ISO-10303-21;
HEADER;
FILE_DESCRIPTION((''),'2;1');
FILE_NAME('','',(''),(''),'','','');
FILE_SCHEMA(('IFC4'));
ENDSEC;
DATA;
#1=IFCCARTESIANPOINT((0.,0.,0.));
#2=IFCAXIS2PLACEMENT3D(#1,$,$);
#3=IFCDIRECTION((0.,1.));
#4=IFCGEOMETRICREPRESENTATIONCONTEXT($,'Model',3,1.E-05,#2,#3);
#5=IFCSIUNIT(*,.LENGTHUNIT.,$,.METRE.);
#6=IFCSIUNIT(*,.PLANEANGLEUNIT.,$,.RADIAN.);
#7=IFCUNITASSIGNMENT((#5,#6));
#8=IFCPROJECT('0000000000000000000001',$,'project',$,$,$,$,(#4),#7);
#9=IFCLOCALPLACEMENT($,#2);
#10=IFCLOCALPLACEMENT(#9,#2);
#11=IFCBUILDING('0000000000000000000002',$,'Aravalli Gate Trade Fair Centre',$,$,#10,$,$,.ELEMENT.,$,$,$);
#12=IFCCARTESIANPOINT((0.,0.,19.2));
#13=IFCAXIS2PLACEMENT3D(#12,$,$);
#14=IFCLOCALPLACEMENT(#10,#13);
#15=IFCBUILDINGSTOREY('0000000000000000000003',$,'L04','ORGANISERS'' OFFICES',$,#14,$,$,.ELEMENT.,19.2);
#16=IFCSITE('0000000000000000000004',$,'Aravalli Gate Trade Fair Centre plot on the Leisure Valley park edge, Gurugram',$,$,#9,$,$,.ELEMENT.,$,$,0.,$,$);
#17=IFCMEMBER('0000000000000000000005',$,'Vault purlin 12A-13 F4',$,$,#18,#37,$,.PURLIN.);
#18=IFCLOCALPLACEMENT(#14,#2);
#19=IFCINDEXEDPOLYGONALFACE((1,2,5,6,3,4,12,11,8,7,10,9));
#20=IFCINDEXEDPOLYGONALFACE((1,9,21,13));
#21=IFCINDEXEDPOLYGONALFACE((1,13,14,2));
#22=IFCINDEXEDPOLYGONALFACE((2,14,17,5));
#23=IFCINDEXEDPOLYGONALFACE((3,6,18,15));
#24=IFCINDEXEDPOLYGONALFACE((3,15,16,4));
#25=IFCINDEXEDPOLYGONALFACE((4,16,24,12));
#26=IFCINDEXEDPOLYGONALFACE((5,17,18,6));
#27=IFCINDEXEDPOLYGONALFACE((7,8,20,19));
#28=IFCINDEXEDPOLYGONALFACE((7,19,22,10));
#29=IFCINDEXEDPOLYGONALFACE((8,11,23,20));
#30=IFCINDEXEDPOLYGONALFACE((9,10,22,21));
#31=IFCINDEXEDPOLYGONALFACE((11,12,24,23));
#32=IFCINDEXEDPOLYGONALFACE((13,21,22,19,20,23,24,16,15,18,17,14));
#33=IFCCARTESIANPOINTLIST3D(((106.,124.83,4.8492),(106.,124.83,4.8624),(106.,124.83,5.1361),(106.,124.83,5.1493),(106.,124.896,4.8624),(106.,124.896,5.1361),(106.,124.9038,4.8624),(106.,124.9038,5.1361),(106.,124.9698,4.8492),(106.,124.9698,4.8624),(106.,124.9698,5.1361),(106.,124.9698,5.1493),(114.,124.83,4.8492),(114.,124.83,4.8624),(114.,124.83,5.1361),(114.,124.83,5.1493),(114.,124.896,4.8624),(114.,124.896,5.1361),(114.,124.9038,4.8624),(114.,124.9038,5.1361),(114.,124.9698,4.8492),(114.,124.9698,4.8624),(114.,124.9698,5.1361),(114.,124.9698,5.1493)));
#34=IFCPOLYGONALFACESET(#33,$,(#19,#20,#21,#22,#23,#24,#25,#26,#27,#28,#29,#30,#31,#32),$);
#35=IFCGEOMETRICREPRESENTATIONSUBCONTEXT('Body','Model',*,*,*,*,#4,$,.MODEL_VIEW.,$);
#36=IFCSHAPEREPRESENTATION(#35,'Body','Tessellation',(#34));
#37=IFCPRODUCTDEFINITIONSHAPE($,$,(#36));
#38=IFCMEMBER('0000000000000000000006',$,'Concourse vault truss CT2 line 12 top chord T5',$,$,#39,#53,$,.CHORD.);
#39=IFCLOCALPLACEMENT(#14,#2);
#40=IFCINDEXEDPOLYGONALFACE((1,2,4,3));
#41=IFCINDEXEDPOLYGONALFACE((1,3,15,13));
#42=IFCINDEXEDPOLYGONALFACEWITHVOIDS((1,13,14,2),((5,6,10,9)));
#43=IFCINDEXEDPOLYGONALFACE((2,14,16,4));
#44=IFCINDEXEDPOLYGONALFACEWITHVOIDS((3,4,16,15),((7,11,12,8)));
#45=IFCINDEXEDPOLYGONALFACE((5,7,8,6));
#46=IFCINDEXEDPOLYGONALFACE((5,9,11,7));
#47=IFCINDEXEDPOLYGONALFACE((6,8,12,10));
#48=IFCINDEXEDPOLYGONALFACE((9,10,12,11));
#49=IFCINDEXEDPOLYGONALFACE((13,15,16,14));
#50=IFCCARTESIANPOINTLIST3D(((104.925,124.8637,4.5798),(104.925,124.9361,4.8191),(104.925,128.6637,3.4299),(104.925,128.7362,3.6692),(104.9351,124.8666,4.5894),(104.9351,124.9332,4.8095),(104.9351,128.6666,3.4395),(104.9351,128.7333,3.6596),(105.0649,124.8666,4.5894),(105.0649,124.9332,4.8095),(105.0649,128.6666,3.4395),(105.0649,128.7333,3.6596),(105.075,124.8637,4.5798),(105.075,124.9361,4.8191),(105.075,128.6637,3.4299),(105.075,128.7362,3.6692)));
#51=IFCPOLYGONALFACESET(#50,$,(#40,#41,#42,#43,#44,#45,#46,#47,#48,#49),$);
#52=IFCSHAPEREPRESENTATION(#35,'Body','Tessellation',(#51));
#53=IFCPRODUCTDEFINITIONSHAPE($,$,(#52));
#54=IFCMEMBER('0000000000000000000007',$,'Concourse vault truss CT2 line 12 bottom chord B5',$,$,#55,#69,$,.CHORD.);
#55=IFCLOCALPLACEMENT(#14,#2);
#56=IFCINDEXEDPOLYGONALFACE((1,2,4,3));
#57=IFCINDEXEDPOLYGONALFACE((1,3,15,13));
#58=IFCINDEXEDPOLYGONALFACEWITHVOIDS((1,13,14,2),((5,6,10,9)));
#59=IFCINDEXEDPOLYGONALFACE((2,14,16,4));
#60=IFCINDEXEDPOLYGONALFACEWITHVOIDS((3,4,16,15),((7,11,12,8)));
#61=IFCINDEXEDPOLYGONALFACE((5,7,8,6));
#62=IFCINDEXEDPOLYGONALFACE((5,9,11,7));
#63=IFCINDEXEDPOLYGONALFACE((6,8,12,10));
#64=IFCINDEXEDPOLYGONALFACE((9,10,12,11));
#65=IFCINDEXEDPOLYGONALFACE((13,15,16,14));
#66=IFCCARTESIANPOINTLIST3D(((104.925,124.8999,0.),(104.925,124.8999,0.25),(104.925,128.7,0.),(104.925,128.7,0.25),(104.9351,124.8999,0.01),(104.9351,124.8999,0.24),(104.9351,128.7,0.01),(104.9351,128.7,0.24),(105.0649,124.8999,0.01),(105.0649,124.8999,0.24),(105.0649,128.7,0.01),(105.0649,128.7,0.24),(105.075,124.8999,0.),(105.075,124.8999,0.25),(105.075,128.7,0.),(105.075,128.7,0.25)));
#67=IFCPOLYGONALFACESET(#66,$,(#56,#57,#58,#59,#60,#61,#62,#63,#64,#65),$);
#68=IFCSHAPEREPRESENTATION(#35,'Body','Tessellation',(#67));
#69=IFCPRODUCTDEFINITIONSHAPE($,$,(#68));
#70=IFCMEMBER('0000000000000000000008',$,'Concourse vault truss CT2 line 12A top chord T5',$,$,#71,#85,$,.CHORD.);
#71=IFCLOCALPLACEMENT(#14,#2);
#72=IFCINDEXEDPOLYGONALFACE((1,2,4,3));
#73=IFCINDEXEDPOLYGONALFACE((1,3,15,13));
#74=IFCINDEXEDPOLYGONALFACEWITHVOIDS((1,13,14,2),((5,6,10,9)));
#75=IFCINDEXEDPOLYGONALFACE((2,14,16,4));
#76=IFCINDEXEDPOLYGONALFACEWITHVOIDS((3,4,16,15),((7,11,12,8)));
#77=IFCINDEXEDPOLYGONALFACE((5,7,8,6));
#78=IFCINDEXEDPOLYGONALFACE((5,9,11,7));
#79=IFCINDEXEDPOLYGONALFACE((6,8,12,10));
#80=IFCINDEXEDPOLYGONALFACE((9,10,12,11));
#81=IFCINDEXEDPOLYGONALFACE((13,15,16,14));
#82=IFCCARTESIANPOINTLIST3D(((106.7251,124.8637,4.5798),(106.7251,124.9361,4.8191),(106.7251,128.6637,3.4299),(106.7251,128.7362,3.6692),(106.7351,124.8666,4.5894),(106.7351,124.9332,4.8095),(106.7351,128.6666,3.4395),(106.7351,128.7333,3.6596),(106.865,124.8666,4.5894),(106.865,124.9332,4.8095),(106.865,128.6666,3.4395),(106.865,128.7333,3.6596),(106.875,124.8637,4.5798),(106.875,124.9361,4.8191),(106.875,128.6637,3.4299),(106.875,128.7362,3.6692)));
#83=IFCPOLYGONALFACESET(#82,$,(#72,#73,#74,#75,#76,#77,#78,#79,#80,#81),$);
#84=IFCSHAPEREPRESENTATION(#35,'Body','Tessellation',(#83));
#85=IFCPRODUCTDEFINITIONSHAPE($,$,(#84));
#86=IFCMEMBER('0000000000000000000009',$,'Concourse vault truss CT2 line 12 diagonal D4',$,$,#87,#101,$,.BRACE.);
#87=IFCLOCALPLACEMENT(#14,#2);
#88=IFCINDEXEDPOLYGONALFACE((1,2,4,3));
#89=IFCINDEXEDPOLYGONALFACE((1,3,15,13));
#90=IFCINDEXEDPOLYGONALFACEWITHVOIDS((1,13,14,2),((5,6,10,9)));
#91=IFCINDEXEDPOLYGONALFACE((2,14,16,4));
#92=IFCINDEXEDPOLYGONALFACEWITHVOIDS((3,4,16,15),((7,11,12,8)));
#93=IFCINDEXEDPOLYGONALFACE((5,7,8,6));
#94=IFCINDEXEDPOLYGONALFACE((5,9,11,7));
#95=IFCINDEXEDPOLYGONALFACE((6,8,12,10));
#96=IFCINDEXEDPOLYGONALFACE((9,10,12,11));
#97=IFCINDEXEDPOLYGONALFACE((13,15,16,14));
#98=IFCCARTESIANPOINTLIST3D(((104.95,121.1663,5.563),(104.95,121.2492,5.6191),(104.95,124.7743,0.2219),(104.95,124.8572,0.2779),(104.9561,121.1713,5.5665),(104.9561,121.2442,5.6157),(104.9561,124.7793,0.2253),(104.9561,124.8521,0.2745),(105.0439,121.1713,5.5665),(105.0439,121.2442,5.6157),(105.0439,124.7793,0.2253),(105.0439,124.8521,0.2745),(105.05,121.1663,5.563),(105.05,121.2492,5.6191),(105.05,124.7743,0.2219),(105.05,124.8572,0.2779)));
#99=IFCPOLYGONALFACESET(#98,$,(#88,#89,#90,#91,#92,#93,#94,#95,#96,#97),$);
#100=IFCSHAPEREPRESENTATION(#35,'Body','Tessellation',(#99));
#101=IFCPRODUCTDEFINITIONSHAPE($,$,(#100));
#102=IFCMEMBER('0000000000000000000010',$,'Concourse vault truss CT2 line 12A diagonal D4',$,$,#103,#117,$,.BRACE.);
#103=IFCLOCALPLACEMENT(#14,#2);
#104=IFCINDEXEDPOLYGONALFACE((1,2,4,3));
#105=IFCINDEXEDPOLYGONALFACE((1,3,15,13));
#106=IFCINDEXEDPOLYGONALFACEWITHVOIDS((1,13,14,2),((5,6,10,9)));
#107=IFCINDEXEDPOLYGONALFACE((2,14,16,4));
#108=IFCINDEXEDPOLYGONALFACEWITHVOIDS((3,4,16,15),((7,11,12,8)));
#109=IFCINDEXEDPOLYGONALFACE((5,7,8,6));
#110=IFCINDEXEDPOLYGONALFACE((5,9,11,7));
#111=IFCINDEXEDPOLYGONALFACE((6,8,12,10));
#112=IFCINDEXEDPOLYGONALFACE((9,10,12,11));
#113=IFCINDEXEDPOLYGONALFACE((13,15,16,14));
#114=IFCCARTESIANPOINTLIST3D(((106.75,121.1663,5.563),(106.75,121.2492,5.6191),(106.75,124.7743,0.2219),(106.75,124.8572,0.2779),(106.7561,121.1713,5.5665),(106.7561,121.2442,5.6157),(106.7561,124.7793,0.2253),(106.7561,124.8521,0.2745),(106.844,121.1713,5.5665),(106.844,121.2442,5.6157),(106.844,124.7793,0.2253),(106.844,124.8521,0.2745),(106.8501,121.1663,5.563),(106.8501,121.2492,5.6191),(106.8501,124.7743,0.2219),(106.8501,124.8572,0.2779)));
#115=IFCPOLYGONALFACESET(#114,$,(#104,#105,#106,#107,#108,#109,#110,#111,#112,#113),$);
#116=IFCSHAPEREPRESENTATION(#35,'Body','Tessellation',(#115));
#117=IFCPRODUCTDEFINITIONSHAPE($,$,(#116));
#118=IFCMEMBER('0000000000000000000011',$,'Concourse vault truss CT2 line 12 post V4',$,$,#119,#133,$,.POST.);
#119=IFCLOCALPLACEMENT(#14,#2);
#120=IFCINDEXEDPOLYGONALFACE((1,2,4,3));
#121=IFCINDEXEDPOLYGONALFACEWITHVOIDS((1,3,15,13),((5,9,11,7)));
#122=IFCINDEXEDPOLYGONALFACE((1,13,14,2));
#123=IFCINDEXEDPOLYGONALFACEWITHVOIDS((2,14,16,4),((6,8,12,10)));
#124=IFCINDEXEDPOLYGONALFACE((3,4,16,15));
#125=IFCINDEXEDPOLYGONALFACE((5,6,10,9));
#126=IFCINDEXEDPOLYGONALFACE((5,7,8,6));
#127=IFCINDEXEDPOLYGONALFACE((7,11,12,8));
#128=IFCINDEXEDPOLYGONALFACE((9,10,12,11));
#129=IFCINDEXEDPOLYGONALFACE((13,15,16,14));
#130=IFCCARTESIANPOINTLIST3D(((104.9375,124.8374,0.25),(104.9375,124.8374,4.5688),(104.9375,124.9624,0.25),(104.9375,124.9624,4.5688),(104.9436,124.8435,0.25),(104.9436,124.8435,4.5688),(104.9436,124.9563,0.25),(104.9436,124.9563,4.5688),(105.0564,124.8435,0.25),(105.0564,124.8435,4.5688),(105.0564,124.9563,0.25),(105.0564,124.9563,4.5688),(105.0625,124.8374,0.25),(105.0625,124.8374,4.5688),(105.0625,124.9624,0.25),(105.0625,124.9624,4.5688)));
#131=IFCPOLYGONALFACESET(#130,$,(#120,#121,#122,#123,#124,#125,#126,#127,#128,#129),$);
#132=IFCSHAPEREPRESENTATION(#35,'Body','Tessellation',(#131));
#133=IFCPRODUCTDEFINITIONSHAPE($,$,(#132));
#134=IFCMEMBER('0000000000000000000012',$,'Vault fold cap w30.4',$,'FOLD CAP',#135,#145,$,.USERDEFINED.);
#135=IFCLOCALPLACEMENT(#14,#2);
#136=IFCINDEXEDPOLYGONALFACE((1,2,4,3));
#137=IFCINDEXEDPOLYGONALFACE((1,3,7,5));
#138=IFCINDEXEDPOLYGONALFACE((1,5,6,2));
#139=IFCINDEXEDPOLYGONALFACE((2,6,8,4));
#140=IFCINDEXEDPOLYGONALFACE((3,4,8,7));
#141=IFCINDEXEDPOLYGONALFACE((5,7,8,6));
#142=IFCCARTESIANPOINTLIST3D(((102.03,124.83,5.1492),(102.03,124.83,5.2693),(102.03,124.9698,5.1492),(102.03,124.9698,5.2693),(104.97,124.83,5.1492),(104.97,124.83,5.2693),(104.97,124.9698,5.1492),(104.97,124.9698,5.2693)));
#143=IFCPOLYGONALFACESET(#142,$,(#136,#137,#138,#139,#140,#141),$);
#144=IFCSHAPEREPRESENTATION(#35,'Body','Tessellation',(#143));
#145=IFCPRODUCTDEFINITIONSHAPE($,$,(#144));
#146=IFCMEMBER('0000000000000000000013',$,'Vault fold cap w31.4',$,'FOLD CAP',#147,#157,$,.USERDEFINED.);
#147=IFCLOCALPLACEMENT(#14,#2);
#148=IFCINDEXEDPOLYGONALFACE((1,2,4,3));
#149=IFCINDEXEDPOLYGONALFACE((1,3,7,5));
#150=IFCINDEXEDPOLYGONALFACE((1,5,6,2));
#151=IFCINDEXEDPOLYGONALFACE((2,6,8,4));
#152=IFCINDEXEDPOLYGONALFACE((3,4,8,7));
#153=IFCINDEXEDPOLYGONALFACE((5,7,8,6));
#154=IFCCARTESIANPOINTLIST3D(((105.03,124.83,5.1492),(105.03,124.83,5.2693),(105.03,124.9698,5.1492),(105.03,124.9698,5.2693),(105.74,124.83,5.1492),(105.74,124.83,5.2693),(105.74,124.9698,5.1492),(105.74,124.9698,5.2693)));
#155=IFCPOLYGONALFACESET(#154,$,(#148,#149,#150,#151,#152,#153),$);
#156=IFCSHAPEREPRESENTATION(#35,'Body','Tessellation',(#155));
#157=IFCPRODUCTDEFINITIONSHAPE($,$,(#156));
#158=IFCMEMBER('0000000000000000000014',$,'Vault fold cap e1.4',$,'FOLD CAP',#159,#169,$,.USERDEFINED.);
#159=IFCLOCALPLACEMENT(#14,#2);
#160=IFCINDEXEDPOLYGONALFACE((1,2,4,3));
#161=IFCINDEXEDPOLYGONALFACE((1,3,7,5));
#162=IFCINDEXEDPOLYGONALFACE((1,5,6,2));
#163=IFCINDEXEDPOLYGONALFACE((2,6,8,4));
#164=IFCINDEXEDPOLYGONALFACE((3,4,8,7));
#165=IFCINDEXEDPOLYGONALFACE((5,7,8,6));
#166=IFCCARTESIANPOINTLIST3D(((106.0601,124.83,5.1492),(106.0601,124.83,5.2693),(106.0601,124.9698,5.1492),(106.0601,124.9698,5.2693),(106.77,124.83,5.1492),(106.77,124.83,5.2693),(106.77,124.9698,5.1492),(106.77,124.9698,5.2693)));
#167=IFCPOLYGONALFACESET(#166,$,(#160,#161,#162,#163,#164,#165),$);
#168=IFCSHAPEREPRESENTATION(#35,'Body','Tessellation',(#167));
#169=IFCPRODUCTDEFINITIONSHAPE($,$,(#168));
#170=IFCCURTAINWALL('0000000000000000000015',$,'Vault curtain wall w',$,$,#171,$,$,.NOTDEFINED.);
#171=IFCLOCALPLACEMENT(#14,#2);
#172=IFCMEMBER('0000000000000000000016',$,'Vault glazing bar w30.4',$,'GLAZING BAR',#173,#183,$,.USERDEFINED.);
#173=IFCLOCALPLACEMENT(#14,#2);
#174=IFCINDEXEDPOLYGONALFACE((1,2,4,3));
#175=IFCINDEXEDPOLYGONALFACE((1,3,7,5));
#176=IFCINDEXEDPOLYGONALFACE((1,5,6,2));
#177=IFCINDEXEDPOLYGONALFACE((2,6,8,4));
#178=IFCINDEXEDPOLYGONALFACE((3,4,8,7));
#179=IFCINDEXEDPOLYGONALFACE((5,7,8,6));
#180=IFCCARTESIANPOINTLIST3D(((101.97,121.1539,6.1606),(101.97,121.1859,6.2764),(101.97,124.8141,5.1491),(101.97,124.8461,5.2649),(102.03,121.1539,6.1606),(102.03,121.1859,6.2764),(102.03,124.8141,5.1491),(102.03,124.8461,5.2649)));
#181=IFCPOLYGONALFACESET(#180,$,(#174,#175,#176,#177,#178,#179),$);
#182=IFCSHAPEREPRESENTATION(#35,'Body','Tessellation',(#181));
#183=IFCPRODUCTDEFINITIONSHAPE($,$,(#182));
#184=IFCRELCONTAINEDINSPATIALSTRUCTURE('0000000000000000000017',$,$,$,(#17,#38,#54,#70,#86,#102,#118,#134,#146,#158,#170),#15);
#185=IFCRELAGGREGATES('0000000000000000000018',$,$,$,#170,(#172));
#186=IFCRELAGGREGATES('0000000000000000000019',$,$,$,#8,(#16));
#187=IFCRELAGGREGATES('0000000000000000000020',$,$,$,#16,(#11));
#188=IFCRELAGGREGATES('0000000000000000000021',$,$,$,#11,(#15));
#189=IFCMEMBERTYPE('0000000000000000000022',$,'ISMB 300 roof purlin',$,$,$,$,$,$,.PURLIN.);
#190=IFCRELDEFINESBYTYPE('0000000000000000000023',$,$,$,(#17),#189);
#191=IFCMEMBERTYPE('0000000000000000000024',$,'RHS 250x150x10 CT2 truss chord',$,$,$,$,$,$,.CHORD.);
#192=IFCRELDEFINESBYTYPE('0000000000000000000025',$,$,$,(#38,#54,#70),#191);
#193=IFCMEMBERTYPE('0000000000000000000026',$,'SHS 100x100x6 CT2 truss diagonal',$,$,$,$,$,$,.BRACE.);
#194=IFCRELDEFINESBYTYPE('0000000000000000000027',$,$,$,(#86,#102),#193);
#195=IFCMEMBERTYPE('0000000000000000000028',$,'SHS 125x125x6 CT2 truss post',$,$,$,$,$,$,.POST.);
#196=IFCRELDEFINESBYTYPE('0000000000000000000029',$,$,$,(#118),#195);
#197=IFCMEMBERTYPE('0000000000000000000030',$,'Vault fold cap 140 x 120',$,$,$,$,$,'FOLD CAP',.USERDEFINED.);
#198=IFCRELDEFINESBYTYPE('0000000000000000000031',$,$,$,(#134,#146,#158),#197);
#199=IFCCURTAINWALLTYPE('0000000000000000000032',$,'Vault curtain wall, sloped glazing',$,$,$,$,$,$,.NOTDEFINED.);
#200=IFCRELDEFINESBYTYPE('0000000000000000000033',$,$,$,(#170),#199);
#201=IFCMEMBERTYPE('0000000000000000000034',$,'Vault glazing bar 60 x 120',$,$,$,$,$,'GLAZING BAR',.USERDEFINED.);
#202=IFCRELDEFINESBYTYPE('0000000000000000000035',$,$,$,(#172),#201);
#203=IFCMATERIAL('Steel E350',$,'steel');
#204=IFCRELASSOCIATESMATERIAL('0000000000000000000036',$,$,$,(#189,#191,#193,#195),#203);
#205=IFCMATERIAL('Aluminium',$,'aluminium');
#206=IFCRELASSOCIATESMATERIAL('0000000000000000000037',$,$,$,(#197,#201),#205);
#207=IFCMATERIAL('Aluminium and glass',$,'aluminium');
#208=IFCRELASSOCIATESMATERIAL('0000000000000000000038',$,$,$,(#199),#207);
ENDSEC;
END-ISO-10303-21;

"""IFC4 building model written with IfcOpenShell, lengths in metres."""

from ifc_helpers import new_model, si_unit, direction, frame, origin, origin_2d, place, context, subcontext, project, spatial, rectangle, hollow_rectangle, i_section, extrude, material, material_profile, profile_set, type_object, element, aggregate, save


model = new_model("IFC4")

# Units and contexts
model_context = context("Model", 3, precision=1e-05, world=origin(), true_north=direction((0.0, 1.0)))
body_context = subcontext(model_context, "Body", "Model", "MODEL_VIEW")
ifc_project = project(units=[si_unit("LENGTHUNIT", "METRE"), si_unit("PLANEANGLEUNIT", "RADIAN")], contexts=[model_context])

# Site, building, storey
site_placement = place(None, origin())
site = spatial("IfcSite", under=ifc_project, at=site_placement, Name="Aravalli Gate Trade Fair Centre plot on the Leisure Valley park edge, Gurugram", CompositionType="ELEMENT", RefElevation=0.0)
building_placement = place(site_placement, origin())
building = spatial("IfcBuilding", under=site, at=building_placement, Name="Aravalli Gate Trade Fair Centre", CompositionType="ELEMENT")
storey_placement = place(building_placement, frame((0.0, 0.0, 19.2)))
storey = spatial("IfcBuildingStorey", under=building, at=storey_placement, Name="L04", Description="ORGANISERS' OFFICES", CompositionType="ELEMENT", Elevation=19.2)

# Members
ifc_material_1 = material(Name="Steel E350", Category="steel")
ifc_material_profile_1 = material_profile(ifc_material_1, i_section(OverallWidth=0.1399, OverallDepth=0.3, WebThickness=0.0078, FlangeThickness=0.0132, at=origin_2d()), Name="ISMB 300")
ifc_profile_set_1 = profile_set([ifc_material_profile_1], Name="Steel E350")
member_type_1 = type_object("IfcMemberType", Name="ISMB 300 roof purlin", PredefinedType="PURLIN", material=ifc_profile_set_1)
member_1_placement = place(storey_placement, frame((106.0, 124.8999, 4.9993), z_axis=(1.0, 0.0, 0.0), x_axis=(0.0, 1.0, 0.0)))
element("IfcMember", 1, at=member_1_placement, inside=storey, type_object=member_type_1, Name="Vault purlin 12A-13 F4", PredefinedType="PURLIN", context=body_context, shape_type="SweptSolid", body=[
    extrude(i_section(OverallWidth=0.1399, OverallDepth=0.3, WebThickness=0.0078, FlangeThickness=0.0132, at=origin_2d()), origin(), (0.0, 0.0, 1.0), 8.0),
])
ifc_material_profile_2 = material_profile(ifc_material_1, hollow_rectangle(XDim=0.1499, YDim=0.25, WallThickness=0.01, at=origin_2d()), Name="RHS 250x150x10")
ifc_profile_set_2 = profile_set([ifc_material_profile_2], Name="Steel E350")
member_type_2 = type_object("IfcMemberType", Name="RHS 250x150x10 CT2 truss chord", PredefinedType="CHORD", material=ifc_profile_set_2)
member_2_placement = place(storey_placement, frame((105.0, 124.8999, 4.6995), z_axis=(0.0, 0.957138, -0.289632), x_axis=(-1.0, 0.0, 0.0)))
element("IfcMember", 2, at=member_2_placement, inside=storey, type_object=member_type_2, Name="Concourse vault truss CT2 line 12 top chord T5", PredefinedType="CHORD", context=body_context, shape_type="SweptSolid", body=[
    extrude(hollow_rectangle(XDim=0.1499, YDim=0.25, WallThickness=0.01, at=origin_2d()), origin(), (0.0, 0.0, 1.0), 3.9702),
])
member_3_placement = place(storey_placement, frame((105.0, 124.8999, 0.125), z_axis=(0.0, 1.0, 0.0), x_axis=(-1.0, 0.0, 0.0)))
element("IfcMember", 3, at=member_3_placement, inside=storey, type_object=member_type_2, Name="Concourse vault truss CT2 line 12 bottom chord B5", PredefinedType="CHORD", context=body_context, shape_type="SweptSolid", body=[
    extrude(hollow_rectangle(XDim=0.1499, YDim=0.25, WallThickness=0.01, at=origin_2d()), origin(), (0.0, 0.0, 1.0), 3.8),
])
member_4_placement = place(storey_placement, frame((106.8, 124.8999, 4.6995), z_axis=(0.0, 0.957138, -0.289632), x_axis=(-1.0, 0.0, 0.0)))
element("IfcMember", 4, at=member_4_placement, inside=storey, type_object=member_type_2, Name="Concourse vault truss CT2 line 12A top chord T5", PredefinedType="CHORD", context=body_context, shape_type="SweptSolid", body=[
    extrude(hollow_rectangle(XDim=0.1499, YDim=0.25, WallThickness=0.01, at=origin_2d()), origin(), (0.0, 0.0, 1.0), 3.9702),
])
ifc_material_profile_3 = material_profile(ifc_material_1, hollow_rectangle(XDim=0.1001, YDim=0.1001, WallThickness=0.0061, at=origin_2d()), Name="SHS 100x100x6")
ifc_profile_set_3 = profile_set([ifc_material_profile_3], Name="Steel E350")
member_type_3 = type_object("IfcMemberType", Name="SHS 100x100x6 CT2 truss diagonal", PredefinedType="BRACE", material=ifc_profile_set_3)
for number, where, z_axis, x_axis, name in (
    (5, (105.0, 121.2078, 5.5911), (0.0, 0.55976, -0.828655), (-1.0, 0.0, 0.0), "Concourse vault truss CT2 line 12 diagonal D4"),
    (6, (106.8, 121.2078, 5.5911), (0.0, 0.55976, -0.828655), (-1.0, 0.0, 0.0), "Concourse vault truss CT2 line 12A diagonal D4"),
):
    element("IfcMember", number, at=place(storey_placement, frame(where, z_axis=z_axis, x_axis=x_axis)), inside=storey, type_object=member_type_3, Name=name, PredefinedType="BRACE", context=body_context, shape_type="SweptSolid", body=[
        extrude(hollow_rectangle(XDim=0.1001, YDim=0.1001, WallThickness=0.0061, at=origin_2d()), origin(), (0.0, 0.0, 1.0), 6.4456),
    ])
ifc_material_profile_4 = material_profile(ifc_material_1, hollow_rectangle(XDim=0.125, YDim=0.125, WallThickness=0.0061, at=origin_2d()), Name="SHS 125x125x6")
ifc_profile_set_4 = profile_set([ifc_material_profile_4], Name="Steel E350")
member_type_4 = type_object("IfcMemberType", Name="SHS 125x125x6 CT2 truss post", PredefinedType="POST", material=ifc_profile_set_4)
member_5_placement = place(storey_placement, frame((105.0, 124.8999, 0.25), z_axis=(0.0, 0.0, 1.0), x_axis=(1.0, 0.0, 0.0)))
element("IfcMember", 7, at=member_5_placement, inside=storey, type_object=member_type_4, Name="Concourse vault truss CT2 line 12 post V4", PredefinedType="POST", context=body_context, shape_type="SweptSolid", body=[
    extrude(hollow_rectangle(XDim=0.125, YDim=0.125, WallThickness=0.0061, at=origin_2d()), origin(), (0.0, 0.0, 1.0), 4.3188),
])
ifc_material_2 = material(Name="Aluminium", Category="aluminium")
ifc_material_profile_5 = material_profile(ifc_material_2, rectangle(XDim=0.1399, YDim=0.1201, at=origin_2d()), Name="Vault fold cap 140 x 120")
ifc_profile_set_5 = profile_set([ifc_material_profile_5], Name="Aluminium")
member_type_5 = type_object("IfcMemberType", Name="Vault fold cap 140 x 120", ElementType="FOLD CAP", PredefinedType="USERDEFINED", material=ifc_profile_set_5)
member_6_placement = place(storey_placement, frame((102.03, 124.8999, 5.2092), z_axis=(1.0, 0.0, 0.0), x_axis=(0.0, 1.0, 0.0)))
element("IfcMember", 8, at=member_6_placement, inside=storey, type_object=member_type_5, Name="Vault fold cap w30.4", ObjectType="FOLD CAP", PredefinedType="USERDEFINED", context=body_context, shape_type="SweptSolid", body=[
    extrude(rectangle(XDim=0.1399, YDim=0.1201, at=origin_2d()), origin(), (0.0, 0.0, 1.0), 2.9399),
])
for number, where, z_axis, x_axis, name in (
    (9, (105.03, 124.8999, 5.2092), (1.0, 0.0, 0.0), (0.0, 1.0, 0.0), "Vault fold cap w31.4"),
    (10, (106.0601, 124.8999, 5.2092), (1.0, 0.0, 0.0), (0.0, 1.0, 0.0), "Vault fold cap e1.4"),
):
    element("IfcMember", number, at=place(storey_placement, frame(where, z_axis=z_axis, x_axis=x_axis)), inside=storey, type_object=member_type_5, Name=name, ObjectType="FOLD CAP", PredefinedType="USERDEFINED", context=body_context, shape_type="SweptSolid", body=[
        extrude(rectangle(XDim=0.1399, YDim=0.1201, at=origin_2d()), origin(), (0.0, 0.0, 1.0), 0.71),
    ])

# Curtain wall, member
ifc_material_3 = material(Name="Aluminium and glass", Category="aluminium")
curtain_wall_type = type_object("IfcCurtainWallType", Name="Vault curtain wall, sloped glazing", PredefinedType="NOTDEFINED", material=ifc_material_3)
curtain_wall_1_placement = place(storey_placement, origin())
curtain_wall_1 = element("IfcCurtainWall", 11, at=curtain_wall_1_placement, inside=storey, type_object=curtain_wall_type, Name="Vault curtain wall w", PredefinedType="NOTDEFINED")
ifc_material_profile_6 = material_profile(ifc_material_2, rectangle(XDim=0.0601, YDim=0.1201, at=origin_2d()), Name="Vault glazing bar 60 x 120")
ifc_profile_set_6 = profile_set([ifc_material_profile_6], Name="Aluminium")
member_type_6 = type_object("IfcMemberType", Name="Vault glazing bar 60 x 120", ElementType="GLAZING BAR", PredefinedType="USERDEFINED", material=ifc_profile_set_6)
member_7_placement = place(storey_placement, frame((102.0, 121.1699, 6.2185), z_axis=(0.0, 0.963873, -0.266364), x_axis=(-1.0, 0.0, 0.0)))
member_7 = element("IfcMember", 12, at=member_7_placement, type_object=member_type_6, Name="Vault glazing bar w30.4", ObjectType="GLAZING BAR", PredefinedType="USERDEFINED", context=body_context, shape_type="SweptSolid", body=[
    extrude(rectangle(XDim=0.0601, YDim=0.1201, at=origin_2d()), origin(), (0.0, 0.0, 1.0), 3.7974),
])

aggregate(curtain_wall_1, [member_7])

save(model, "model.ifc")
